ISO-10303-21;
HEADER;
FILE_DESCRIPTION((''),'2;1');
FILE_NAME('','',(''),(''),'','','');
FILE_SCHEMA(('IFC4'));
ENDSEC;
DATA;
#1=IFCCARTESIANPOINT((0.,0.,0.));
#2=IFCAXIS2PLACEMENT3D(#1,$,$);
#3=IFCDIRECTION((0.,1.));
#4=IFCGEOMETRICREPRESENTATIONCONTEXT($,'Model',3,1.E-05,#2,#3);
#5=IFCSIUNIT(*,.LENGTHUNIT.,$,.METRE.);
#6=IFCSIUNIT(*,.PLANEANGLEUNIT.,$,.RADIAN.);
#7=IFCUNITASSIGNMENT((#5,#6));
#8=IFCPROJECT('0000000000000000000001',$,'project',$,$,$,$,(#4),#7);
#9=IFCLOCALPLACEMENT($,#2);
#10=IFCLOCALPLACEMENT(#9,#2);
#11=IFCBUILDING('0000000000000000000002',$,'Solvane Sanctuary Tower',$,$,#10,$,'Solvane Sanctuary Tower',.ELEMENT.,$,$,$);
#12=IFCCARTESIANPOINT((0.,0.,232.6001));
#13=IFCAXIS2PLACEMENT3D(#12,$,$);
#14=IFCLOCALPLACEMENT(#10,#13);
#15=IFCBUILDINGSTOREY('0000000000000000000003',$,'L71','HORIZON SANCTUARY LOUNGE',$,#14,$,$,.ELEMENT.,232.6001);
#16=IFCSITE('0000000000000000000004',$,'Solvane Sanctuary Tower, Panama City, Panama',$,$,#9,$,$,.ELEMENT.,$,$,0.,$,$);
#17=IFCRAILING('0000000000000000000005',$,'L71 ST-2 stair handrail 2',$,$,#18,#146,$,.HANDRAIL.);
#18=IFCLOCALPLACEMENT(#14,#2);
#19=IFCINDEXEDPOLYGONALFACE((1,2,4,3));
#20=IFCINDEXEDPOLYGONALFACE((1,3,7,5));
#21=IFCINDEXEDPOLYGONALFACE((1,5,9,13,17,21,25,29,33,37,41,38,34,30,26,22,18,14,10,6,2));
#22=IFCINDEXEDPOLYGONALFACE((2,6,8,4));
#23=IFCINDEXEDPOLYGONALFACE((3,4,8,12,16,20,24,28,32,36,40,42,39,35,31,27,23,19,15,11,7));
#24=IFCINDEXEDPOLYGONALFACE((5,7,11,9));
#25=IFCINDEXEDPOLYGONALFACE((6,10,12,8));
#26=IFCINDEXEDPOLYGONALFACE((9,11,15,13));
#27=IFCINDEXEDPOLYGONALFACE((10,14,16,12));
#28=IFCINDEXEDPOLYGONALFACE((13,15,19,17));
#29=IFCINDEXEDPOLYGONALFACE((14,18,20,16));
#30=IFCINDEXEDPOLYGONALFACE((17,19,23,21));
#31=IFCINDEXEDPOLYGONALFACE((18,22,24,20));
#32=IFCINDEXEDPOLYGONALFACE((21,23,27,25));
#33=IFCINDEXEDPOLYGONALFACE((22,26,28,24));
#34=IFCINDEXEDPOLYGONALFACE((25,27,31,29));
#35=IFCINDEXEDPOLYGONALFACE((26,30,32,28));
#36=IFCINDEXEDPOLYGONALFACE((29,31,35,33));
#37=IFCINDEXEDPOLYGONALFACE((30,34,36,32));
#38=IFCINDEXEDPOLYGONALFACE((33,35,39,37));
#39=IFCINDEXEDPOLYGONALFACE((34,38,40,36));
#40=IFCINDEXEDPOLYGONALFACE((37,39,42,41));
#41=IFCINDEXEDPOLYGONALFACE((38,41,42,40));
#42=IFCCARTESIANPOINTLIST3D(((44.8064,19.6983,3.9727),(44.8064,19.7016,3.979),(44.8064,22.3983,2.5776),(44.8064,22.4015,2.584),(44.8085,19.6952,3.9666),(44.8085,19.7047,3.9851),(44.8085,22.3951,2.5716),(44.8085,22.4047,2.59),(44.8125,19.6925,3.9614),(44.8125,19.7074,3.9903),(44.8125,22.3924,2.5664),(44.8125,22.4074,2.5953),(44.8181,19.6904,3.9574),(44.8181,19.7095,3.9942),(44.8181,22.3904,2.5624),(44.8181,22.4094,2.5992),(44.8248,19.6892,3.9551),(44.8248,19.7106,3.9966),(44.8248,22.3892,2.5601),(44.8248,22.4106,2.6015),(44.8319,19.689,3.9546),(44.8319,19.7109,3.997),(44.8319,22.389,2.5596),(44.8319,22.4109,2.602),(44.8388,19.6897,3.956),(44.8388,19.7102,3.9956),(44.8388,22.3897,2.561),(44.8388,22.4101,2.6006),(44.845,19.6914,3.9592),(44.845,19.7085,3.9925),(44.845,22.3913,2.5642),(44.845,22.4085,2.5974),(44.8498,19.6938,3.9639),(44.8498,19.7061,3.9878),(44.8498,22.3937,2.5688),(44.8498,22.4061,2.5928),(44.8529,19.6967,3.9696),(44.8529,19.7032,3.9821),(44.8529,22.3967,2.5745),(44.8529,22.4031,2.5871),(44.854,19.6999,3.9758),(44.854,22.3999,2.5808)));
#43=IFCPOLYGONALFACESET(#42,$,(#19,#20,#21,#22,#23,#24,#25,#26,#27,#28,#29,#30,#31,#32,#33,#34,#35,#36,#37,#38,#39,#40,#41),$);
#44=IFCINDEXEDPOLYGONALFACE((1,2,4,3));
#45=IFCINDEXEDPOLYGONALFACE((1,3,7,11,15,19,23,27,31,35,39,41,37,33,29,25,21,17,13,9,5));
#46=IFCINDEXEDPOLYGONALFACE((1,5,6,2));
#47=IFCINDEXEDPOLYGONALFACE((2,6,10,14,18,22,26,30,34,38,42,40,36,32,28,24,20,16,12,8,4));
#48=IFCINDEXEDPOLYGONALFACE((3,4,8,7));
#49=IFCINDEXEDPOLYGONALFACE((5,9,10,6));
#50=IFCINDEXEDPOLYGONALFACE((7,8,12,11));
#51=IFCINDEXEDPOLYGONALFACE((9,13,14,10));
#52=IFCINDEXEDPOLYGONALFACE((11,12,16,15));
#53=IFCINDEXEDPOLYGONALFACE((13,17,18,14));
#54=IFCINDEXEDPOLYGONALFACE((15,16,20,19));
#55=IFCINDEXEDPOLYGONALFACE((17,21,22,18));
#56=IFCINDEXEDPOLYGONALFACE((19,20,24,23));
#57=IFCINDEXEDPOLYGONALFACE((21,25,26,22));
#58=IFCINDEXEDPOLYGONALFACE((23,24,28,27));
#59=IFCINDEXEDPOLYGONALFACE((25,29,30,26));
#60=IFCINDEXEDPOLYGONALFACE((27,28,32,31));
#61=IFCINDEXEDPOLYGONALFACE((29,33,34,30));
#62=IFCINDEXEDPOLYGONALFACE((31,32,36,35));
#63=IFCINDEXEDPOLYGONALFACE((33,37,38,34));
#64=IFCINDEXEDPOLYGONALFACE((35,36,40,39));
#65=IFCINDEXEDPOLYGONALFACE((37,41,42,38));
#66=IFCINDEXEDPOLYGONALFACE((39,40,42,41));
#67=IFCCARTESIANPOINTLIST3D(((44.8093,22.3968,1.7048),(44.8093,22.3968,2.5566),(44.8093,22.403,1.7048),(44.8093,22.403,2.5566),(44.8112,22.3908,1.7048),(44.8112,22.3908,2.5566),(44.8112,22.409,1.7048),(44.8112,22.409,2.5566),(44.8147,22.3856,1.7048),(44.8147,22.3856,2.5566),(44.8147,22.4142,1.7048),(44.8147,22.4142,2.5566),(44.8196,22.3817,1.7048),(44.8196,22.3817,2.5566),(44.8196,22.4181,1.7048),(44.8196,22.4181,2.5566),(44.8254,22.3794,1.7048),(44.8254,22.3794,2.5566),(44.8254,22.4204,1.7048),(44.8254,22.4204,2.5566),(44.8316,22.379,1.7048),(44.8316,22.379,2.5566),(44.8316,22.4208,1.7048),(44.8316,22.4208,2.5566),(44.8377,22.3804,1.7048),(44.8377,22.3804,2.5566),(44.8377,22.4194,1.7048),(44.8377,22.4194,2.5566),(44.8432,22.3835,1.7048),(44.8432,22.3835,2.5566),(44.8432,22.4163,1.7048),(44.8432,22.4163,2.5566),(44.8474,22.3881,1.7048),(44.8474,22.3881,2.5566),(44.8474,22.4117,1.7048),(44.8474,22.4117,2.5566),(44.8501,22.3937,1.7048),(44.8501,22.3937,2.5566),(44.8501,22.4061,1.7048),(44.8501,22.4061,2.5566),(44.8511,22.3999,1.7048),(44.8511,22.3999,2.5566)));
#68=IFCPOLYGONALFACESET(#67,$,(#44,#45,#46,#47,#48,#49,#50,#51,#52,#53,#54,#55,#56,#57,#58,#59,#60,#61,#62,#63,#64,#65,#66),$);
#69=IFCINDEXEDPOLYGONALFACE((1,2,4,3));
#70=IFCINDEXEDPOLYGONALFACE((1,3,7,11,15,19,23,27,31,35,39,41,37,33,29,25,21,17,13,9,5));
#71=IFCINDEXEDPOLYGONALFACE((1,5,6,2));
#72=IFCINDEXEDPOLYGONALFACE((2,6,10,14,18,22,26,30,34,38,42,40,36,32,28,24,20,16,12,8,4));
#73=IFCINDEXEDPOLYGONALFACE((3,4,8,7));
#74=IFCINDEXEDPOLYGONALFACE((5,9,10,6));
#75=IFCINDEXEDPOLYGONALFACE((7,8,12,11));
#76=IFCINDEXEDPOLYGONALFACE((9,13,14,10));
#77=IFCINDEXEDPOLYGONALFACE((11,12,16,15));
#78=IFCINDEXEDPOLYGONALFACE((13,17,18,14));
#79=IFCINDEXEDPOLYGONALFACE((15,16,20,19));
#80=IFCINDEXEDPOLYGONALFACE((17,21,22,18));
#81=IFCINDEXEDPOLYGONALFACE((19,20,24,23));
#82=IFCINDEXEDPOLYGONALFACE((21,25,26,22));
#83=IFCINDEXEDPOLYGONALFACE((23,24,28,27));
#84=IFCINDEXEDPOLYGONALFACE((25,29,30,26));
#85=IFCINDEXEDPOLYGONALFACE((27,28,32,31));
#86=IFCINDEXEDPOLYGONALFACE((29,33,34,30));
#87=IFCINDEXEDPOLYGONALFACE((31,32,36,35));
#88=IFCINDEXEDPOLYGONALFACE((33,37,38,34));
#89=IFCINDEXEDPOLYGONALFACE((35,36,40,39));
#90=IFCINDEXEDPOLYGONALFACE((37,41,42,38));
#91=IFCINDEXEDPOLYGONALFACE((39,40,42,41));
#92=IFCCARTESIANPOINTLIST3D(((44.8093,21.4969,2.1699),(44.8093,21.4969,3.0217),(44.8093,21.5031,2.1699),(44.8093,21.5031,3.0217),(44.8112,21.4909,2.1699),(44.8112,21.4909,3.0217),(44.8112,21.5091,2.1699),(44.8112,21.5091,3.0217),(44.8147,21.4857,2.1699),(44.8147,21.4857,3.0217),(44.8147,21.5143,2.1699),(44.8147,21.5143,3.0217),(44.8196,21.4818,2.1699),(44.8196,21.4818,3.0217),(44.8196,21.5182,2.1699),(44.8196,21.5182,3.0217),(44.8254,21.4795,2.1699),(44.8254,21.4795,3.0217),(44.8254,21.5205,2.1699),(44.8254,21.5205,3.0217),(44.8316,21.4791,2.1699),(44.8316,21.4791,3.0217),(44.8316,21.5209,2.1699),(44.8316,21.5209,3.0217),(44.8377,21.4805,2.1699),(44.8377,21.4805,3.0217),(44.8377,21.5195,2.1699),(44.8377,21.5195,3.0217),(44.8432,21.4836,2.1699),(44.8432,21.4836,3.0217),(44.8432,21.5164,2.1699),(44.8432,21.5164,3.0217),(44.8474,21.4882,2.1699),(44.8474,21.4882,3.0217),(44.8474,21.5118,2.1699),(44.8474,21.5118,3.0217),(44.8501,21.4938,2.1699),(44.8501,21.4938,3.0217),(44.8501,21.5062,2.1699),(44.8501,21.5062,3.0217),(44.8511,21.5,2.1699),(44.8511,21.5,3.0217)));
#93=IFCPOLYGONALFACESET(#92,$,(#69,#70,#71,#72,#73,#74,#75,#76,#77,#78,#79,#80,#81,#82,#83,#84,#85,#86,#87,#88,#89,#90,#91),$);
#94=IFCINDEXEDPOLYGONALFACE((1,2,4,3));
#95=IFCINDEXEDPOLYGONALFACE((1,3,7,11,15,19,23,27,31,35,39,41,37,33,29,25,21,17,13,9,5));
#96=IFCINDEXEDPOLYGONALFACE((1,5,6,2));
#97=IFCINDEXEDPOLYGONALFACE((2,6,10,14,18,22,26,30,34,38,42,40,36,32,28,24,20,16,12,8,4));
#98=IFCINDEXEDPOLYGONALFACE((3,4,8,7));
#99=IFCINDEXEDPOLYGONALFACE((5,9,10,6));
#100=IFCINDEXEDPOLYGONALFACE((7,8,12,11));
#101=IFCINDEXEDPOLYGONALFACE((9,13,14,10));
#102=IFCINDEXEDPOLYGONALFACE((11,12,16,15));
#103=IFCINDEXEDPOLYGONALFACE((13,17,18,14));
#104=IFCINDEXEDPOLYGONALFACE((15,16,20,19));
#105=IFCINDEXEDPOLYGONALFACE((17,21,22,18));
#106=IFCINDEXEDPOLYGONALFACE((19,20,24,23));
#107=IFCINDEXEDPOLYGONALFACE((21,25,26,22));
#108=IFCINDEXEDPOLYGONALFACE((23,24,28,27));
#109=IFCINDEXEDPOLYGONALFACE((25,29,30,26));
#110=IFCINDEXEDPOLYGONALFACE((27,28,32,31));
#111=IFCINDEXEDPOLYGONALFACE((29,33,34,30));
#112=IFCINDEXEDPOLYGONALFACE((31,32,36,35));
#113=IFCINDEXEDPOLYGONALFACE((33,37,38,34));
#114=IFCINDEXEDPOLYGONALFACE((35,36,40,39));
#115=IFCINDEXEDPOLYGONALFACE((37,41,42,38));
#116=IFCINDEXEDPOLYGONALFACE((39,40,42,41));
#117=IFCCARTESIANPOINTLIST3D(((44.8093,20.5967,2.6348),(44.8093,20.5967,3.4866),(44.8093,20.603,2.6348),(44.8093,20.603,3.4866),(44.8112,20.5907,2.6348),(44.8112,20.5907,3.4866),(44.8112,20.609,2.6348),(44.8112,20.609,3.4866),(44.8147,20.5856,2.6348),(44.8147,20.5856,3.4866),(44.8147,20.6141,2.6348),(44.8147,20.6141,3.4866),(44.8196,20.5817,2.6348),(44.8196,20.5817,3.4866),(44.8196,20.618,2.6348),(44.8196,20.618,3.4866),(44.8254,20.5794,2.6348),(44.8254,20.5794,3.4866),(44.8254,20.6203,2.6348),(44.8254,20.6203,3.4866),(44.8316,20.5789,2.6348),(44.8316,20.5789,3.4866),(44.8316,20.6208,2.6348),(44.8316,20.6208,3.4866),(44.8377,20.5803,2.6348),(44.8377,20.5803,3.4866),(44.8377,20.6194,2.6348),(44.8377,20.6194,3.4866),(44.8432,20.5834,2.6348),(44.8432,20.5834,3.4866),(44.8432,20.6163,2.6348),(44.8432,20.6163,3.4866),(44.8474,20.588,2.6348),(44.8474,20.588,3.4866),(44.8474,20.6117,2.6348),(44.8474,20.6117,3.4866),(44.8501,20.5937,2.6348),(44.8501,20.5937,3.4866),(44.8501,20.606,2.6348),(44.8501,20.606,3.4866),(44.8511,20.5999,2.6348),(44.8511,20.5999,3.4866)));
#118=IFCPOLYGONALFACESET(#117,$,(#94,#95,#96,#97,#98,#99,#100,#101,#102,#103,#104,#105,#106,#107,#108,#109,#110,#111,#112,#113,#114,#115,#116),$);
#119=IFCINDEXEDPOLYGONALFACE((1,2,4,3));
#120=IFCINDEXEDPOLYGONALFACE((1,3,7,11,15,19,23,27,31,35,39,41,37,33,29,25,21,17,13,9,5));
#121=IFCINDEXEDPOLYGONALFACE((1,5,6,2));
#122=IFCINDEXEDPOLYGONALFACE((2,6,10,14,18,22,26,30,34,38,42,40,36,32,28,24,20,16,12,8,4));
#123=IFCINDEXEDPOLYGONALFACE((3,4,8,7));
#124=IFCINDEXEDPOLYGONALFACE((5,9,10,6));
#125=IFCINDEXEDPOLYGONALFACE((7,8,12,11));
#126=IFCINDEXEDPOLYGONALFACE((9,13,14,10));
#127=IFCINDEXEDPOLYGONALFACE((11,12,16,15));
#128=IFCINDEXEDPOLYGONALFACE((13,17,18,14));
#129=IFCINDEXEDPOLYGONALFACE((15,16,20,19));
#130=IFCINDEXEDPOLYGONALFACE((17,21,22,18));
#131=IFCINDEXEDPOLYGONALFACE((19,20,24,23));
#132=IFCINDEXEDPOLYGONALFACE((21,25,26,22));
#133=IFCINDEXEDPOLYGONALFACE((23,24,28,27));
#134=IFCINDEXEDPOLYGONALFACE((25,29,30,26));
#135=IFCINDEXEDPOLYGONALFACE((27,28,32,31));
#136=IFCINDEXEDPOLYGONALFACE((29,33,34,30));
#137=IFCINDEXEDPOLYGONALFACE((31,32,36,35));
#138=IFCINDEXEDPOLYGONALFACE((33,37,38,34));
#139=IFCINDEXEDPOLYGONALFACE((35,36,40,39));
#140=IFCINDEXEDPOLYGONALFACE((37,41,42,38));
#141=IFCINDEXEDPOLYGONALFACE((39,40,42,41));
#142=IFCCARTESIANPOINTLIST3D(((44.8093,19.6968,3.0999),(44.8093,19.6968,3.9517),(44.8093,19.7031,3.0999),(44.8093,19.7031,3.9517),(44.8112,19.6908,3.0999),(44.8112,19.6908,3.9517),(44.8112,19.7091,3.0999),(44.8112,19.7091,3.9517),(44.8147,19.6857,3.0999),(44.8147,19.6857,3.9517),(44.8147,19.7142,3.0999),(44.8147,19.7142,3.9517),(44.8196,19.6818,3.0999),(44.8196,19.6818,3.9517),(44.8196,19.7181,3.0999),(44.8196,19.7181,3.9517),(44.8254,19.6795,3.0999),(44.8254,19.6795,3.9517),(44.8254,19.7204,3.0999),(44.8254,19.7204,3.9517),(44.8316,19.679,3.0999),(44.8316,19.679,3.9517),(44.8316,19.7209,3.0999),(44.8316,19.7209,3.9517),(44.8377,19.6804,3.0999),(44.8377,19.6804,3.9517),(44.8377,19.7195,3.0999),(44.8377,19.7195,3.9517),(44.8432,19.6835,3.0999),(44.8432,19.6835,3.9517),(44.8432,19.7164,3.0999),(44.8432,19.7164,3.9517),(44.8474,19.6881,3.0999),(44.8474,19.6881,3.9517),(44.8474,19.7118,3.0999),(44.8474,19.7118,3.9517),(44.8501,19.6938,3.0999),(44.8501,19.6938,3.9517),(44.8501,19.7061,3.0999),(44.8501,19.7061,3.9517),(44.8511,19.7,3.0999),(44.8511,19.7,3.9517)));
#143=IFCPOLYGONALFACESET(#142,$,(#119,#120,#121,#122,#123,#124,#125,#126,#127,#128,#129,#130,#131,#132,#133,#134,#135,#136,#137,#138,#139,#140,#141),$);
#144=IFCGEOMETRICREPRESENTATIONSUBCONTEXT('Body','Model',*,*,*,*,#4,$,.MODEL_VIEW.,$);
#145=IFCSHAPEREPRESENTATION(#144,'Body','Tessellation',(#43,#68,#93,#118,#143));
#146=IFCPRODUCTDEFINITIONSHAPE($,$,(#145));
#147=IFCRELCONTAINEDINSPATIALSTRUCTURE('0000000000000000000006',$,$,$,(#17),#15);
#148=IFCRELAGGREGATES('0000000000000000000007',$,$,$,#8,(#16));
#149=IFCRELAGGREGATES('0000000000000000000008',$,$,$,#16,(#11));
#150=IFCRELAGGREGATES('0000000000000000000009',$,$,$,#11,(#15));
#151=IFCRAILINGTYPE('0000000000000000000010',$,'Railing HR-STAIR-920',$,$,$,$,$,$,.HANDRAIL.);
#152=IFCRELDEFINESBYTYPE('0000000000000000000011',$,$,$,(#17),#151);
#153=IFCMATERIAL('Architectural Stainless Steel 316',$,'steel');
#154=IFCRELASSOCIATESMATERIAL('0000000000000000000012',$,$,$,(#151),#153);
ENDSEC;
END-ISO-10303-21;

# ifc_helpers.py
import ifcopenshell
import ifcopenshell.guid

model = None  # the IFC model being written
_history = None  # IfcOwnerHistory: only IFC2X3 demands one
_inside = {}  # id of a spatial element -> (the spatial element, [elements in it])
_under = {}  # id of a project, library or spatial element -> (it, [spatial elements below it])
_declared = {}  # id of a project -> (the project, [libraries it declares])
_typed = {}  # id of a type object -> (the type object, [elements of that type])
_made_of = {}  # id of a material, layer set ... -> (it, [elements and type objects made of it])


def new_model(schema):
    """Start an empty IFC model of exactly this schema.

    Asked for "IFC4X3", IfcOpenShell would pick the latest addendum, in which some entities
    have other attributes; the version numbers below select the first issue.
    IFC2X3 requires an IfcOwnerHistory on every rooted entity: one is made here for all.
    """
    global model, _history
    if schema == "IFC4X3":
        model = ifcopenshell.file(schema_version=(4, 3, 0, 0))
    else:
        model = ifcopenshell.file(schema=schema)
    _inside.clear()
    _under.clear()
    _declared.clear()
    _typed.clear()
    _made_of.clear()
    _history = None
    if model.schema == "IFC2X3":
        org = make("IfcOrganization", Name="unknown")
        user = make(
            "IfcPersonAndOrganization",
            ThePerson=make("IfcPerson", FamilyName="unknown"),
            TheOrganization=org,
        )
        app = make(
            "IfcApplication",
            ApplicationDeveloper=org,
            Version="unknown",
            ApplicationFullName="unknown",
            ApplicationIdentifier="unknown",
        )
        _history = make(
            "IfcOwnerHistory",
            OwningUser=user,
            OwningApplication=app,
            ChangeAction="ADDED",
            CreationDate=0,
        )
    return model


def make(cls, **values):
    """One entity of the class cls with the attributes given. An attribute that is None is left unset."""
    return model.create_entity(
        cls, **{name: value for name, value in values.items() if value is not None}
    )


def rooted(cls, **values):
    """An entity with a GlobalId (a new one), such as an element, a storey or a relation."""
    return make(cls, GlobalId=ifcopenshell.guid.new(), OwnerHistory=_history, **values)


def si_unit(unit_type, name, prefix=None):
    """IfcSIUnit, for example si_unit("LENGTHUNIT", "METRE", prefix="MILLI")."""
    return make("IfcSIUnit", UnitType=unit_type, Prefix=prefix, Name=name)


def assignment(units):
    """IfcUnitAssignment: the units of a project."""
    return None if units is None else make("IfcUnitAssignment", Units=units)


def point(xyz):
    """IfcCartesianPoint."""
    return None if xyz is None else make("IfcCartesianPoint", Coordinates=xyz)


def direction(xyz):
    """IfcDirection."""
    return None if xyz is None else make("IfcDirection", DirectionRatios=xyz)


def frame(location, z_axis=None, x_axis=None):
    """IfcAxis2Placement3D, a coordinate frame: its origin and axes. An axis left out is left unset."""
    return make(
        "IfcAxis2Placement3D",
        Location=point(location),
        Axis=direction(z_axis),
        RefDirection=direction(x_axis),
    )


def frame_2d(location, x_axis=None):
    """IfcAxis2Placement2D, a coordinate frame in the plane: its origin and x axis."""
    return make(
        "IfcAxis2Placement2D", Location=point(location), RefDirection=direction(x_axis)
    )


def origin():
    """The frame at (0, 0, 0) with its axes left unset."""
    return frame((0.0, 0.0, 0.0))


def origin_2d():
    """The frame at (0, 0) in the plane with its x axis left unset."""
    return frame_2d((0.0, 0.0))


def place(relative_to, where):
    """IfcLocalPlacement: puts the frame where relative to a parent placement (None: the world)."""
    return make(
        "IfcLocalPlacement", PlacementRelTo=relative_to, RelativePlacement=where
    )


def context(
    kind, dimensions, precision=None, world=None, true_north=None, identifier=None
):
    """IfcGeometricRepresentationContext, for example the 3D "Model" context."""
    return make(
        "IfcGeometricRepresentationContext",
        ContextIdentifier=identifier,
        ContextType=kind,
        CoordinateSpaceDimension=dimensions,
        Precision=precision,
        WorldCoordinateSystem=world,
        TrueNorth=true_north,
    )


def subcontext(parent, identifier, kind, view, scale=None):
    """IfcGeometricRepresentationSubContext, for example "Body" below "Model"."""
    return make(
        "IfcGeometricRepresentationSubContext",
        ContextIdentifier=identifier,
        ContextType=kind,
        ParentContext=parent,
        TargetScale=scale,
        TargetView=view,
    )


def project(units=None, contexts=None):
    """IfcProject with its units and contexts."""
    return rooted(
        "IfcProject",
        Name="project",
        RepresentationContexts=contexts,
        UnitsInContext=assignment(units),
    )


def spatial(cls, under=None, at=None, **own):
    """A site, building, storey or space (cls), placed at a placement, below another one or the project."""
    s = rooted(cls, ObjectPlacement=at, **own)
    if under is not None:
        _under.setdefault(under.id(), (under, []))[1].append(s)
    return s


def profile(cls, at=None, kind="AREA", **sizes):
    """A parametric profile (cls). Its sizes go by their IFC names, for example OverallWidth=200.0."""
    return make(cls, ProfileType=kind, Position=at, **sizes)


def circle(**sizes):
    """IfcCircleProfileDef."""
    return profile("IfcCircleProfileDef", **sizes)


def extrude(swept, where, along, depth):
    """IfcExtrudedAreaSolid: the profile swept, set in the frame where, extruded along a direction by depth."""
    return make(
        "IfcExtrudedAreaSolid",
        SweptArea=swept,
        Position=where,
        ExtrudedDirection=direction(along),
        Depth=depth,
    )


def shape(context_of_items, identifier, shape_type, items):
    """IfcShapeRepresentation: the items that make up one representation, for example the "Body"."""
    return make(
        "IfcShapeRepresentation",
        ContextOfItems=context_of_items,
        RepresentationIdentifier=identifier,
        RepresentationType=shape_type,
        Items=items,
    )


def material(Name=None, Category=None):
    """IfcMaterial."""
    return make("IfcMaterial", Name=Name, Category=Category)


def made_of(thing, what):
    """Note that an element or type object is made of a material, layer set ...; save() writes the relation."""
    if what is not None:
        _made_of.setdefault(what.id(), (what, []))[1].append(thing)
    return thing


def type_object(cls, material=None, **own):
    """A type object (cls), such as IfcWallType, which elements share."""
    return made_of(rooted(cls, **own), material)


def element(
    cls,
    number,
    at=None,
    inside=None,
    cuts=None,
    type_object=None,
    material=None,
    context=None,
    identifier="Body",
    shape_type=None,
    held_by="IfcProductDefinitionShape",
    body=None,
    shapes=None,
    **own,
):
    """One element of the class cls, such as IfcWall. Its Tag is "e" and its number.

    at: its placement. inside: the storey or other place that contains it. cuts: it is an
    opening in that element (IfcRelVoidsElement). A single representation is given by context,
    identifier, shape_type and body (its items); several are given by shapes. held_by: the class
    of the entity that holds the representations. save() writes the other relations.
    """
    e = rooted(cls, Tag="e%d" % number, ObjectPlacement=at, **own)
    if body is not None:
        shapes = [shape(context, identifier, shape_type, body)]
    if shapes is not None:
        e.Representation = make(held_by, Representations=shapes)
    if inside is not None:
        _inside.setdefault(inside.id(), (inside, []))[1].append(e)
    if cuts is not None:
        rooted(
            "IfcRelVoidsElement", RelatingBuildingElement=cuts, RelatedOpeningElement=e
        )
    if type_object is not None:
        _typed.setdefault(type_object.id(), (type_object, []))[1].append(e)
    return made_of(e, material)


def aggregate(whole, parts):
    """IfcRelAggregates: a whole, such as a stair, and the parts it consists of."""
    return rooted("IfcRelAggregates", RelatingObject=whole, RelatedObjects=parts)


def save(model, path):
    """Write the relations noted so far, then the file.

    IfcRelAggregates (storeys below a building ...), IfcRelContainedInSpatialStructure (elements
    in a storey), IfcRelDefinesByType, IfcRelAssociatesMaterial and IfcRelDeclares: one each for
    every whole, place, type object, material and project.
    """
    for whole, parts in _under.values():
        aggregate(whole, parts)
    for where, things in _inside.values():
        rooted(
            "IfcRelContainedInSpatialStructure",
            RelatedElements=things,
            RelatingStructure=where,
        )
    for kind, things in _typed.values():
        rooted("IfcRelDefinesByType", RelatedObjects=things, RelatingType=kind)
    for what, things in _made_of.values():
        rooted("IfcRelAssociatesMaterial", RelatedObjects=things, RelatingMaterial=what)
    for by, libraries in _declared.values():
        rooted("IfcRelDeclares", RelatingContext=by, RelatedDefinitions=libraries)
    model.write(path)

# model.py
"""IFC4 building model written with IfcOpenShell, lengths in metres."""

from ifc_helpers import new_model, si_unit, direction, frame, origin, origin_2d, place, context, subcontext, project, spatial, circle, extrude, material, type_object, element, save


model = new_model("IFC4")

# Units and contexts
model_context = context("Model", 3, precision=1e-05, world=origin(), true_north=direction((0.0, 1.0)))
body_context = subcontext(model_context, "Body", "Model", "MODEL_VIEW")
ifc_project = project(units=[si_unit("LENGTHUNIT", "METRE"), si_unit("PLANEANGLEUNIT", "RADIAN")], contexts=[model_context])

# Site, building, storey
site_placement = place(None, origin())
site = spatial("IfcSite", under=ifc_project, at=site_placement, Name="Solvane Sanctuary Tower, Panama City, Panama", CompositionType="ELEMENT", RefElevation=0.0)
building_placement = place(site_placement, origin())
building = spatial("IfcBuilding", under=site, at=building_placement, Name="Solvane Sanctuary Tower", LongName="Solvane Sanctuary Tower", CompositionType="ELEMENT")
storey_placement = place(building_placement, frame((0.0, 0.0, 232.6001)))
storey = spatial("IfcBuildingStorey", under=building, at=storey_placement, Name="L71", Description="HORIZON SANCTUARY LOUNGE", CompositionType="ELEMENT", Elevation=232.6001)

# Shared definitions
ifc_material_1 = material(Name="Architectural Stainless Steel 316", Category="steel")

# Railing
railing_type_1 = type_object("IfcRailingType", Name="Railing HR-STAIR-920", PredefinedType="HANDRAIL", material=ifc_material_1)
railing_1_placement = place(storey_placement, frame((44.8301, 22.3999, 1.7048)))
element("IfcRailing", 1, at=railing_1_placement, inside=storey, type_object=railing_type_1, Name="L71 ST-2 stair handrail 2", PredefinedType="HANDRAIL", context=body_context, shape_type="SweptSolid", body=[
    extrude(circle(Radius=0.0239, at=origin_2d()), frame((0.0, 0.0, 0.876), z_axis=(0.0, -0.88842, 0.459032), x_axis=(1.0, 0.0, 0.0)), (0.0, 0.0, 1.0), 3.0391),
    extrude(circle(Radius=0.021, at=origin_2d()), origin(), (0.0, 0.0, 1.0), 0.8518),
    extrude(circle(Radius=0.021, at=origin_2d()), frame((0.0, -0.8999, 0.4651)), (0.0, 0.0, 1.0), 0.8518),
    extrude(circle(Radius=0.021, at=origin_2d()), frame((0.0, -1.8, 0.9299)), (0.0, 0.0, 1.0), 0.8518),
    extrude(circle(Radius=0.021, at=origin_2d()), frame((0.0, -2.7, 1.395)), (0.0, 0.0, 1.0), 0.8518),
])

save(model, "model.ifc")
